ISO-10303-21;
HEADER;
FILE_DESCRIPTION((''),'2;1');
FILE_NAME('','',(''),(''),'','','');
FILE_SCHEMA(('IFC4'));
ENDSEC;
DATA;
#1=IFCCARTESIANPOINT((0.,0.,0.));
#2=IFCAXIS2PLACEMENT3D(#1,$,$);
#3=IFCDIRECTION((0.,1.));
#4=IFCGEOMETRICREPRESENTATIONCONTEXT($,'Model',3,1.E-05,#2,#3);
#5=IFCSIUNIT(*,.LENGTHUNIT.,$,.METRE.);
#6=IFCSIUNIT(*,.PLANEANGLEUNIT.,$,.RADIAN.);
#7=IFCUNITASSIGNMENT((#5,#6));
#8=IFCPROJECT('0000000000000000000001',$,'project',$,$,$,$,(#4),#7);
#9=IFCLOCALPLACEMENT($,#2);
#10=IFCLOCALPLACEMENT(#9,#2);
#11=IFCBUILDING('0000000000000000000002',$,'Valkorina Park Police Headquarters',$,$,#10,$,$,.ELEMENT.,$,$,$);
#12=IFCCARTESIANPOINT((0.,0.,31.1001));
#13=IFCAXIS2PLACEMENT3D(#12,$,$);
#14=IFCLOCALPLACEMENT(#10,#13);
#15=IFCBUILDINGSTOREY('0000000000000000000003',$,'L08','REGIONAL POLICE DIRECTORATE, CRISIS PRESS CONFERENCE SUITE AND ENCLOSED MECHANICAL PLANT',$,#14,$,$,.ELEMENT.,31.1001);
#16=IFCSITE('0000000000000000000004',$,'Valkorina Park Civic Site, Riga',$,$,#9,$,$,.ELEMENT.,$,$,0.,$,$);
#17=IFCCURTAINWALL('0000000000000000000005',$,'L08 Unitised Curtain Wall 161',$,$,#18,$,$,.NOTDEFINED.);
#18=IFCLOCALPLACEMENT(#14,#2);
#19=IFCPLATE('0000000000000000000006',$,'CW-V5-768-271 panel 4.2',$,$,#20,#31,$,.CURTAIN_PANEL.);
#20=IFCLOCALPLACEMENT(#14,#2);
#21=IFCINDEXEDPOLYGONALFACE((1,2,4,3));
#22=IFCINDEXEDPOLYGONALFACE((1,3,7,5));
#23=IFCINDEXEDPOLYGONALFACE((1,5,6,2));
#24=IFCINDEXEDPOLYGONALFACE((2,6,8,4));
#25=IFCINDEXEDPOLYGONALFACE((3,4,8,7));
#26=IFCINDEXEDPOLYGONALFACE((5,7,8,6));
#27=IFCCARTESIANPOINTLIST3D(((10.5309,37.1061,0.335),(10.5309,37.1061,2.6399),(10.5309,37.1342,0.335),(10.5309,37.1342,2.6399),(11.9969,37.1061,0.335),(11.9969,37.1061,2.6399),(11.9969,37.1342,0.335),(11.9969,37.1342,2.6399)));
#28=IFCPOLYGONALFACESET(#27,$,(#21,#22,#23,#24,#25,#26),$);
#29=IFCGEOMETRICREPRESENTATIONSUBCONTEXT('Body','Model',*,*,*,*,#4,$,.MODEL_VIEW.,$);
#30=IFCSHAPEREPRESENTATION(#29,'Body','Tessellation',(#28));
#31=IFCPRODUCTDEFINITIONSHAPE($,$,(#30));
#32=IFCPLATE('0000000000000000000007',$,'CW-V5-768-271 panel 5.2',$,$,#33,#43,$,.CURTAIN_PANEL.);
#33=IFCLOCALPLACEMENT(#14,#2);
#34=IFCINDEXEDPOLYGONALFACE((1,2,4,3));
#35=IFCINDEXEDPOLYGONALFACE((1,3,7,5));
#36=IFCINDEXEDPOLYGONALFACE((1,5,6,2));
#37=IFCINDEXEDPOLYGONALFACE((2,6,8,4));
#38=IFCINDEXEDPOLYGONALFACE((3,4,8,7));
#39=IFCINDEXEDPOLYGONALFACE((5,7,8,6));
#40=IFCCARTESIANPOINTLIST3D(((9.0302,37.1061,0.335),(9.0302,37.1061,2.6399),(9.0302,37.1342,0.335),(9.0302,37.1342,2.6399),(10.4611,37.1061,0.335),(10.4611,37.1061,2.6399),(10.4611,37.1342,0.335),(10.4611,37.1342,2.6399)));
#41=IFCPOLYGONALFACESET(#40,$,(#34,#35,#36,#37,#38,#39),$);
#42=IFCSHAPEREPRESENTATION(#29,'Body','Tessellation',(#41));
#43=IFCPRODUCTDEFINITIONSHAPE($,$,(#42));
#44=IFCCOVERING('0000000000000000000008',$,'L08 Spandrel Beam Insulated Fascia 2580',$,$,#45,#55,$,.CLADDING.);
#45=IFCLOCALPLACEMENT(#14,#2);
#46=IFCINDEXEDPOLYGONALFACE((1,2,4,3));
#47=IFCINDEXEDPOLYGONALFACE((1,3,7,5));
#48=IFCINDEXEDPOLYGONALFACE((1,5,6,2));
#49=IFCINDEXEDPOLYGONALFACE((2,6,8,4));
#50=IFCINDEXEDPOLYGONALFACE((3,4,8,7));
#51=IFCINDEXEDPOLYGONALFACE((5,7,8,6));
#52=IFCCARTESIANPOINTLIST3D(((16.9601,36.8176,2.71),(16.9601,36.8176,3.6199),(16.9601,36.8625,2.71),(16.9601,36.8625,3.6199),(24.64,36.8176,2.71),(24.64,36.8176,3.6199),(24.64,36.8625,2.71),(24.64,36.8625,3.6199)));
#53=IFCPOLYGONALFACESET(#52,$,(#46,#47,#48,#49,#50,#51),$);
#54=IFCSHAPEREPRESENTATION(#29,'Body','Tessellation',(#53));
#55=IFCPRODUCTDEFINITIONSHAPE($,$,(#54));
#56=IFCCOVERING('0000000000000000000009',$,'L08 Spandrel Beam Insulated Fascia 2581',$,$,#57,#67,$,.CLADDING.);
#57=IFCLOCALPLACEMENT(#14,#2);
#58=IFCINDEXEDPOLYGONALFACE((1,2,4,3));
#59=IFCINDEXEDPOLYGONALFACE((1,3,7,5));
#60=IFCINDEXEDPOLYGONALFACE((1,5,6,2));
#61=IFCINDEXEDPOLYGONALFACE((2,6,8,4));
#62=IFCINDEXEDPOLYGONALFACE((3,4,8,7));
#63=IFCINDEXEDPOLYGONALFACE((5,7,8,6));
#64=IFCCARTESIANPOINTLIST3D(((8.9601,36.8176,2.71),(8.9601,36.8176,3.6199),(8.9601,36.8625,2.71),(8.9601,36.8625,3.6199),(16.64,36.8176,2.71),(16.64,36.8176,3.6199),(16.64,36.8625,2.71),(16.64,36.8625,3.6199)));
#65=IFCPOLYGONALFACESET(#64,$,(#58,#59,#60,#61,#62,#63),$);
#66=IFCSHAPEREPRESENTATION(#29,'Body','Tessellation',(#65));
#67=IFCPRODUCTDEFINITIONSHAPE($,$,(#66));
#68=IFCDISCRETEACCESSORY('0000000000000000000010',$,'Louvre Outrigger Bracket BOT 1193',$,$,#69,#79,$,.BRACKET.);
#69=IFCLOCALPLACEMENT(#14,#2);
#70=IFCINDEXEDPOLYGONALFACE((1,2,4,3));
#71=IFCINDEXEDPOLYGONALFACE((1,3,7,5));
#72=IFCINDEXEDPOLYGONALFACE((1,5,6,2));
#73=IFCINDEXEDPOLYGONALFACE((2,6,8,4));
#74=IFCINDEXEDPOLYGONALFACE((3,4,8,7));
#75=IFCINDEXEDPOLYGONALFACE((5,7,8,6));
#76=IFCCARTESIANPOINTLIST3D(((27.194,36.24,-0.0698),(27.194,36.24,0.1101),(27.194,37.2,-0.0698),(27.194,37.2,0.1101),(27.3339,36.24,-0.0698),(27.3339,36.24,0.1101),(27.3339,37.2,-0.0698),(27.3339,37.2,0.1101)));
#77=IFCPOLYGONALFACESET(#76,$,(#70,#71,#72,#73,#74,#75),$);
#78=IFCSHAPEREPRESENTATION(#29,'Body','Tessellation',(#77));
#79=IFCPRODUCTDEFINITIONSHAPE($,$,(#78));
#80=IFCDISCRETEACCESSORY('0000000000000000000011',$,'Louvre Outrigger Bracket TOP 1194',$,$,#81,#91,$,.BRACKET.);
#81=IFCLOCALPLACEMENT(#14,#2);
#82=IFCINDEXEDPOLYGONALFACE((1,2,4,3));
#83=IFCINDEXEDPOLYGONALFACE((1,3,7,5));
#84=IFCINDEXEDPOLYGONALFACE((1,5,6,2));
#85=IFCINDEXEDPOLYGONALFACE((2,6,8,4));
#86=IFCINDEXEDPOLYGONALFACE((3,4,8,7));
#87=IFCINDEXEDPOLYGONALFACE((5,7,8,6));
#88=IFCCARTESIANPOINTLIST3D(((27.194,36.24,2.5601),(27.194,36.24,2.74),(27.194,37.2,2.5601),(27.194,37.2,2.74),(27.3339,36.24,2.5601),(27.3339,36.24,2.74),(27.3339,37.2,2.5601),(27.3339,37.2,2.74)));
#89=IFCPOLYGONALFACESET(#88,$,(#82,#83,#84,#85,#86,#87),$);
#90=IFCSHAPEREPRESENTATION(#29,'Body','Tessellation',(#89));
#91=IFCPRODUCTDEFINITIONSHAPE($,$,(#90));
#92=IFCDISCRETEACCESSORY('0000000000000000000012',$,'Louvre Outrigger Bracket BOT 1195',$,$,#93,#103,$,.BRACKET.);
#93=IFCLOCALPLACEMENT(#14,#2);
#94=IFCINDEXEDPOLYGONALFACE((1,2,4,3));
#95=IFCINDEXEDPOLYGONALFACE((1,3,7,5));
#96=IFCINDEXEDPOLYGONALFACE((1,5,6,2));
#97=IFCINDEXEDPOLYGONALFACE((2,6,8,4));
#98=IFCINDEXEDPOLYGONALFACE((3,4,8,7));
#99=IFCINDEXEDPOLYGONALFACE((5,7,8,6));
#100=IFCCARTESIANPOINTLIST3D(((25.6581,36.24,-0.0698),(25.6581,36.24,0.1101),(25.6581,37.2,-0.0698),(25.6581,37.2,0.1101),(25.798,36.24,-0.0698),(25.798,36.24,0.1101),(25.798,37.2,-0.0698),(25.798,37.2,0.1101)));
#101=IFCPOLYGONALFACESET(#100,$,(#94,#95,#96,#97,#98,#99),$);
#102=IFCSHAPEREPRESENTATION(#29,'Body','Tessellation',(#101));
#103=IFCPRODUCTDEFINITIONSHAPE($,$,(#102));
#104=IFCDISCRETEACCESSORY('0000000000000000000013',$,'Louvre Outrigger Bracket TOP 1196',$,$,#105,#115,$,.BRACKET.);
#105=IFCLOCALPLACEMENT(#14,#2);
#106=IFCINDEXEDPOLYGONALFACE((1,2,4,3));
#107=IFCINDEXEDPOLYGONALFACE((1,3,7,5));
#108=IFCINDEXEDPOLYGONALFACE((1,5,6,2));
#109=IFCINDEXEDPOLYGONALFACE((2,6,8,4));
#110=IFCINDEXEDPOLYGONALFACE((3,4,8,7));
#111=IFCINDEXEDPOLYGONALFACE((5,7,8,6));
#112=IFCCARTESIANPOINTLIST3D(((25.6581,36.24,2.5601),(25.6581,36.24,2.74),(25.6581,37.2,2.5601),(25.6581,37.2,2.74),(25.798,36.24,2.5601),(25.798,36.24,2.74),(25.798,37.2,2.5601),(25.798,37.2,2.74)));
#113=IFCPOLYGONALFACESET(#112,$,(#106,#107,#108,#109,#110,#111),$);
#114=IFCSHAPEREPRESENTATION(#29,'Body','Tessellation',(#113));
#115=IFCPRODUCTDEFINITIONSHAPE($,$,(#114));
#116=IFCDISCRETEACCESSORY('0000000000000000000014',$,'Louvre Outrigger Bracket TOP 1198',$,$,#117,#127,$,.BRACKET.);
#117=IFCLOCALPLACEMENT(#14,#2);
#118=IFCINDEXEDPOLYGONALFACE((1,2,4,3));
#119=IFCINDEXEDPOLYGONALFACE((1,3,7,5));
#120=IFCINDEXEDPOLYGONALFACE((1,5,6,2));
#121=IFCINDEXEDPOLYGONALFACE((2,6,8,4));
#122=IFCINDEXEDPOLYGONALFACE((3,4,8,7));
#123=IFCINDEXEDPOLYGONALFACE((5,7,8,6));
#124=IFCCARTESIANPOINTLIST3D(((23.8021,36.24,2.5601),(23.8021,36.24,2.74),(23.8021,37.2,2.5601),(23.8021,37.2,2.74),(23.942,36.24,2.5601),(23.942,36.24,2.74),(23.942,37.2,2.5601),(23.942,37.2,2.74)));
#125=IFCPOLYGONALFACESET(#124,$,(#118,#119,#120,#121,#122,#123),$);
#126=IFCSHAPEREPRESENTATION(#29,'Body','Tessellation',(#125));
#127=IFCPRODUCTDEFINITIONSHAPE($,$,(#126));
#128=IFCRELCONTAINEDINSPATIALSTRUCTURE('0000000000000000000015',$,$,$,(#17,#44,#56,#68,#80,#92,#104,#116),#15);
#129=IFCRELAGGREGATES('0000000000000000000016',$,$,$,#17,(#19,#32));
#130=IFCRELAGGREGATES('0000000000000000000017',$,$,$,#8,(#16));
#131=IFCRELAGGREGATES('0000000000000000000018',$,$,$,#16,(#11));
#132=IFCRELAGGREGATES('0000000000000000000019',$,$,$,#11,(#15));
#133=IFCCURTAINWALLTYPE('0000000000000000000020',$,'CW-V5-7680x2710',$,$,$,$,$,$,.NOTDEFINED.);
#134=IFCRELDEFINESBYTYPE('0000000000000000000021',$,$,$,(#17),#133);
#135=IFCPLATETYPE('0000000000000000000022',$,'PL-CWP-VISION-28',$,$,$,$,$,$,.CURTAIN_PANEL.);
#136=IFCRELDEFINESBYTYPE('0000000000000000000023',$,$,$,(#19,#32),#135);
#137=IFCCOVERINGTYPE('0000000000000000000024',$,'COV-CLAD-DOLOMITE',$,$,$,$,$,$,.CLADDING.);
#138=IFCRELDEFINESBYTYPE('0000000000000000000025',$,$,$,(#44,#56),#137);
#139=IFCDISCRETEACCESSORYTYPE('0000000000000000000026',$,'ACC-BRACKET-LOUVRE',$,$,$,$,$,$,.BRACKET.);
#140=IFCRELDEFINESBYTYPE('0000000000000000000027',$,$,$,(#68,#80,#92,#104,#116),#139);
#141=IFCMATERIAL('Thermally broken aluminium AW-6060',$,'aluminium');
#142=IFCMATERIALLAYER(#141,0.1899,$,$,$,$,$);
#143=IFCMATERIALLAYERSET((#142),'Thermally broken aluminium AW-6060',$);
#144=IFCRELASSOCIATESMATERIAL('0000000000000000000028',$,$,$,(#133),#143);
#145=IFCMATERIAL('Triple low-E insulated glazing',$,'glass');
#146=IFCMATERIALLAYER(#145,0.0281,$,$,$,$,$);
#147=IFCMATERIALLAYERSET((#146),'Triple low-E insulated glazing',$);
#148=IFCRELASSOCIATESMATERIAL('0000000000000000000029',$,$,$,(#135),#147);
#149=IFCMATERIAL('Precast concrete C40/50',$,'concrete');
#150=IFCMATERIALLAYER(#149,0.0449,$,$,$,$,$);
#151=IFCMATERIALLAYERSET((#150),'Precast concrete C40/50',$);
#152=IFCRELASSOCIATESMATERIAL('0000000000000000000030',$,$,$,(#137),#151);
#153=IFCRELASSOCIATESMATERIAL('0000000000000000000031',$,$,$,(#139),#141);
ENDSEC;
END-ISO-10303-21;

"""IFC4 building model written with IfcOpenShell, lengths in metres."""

from ifc_helpers import new_model, si_unit, direction, frame, frame_2d, origin, origin_2d, place, context, subcontext, project, spatial, rectangle, extrude, material, layer, layer_set, type_object, element, aggregate, save


model = new_model("IFC4")

# Units and contexts
model_context = context("Model", 3, precision=1e-05, world=origin(), true_north=direction((0.0, 1.0)))
body_context = subcontext(model_context, "Body", "Model", "MODEL_VIEW")
ifc_project = project(units=[si_unit("LENGTHUNIT", "METRE"), si_unit("PLANEANGLEUNIT", "RADIAN")], contexts=[model_context])

# Site, building, storey
site_placement = place(None, origin())
site = spatial("IfcSite", under=ifc_project, at=site_placement, Name="Valkorina Park Civic Site, Riga", CompositionType="ELEMENT", RefElevation=0.0)
building_placement = place(site_placement, origin())
building = spatial("IfcBuilding", under=site, at=building_placement, Name="Valkorina Park Police Headquarters", CompositionType="ELEMENT")
storey_placement = place(building_placement, frame((0.0, 0.0, 31.1001)))
storey = spatial("IfcBuildingStorey", under=building, at=storey_placement, Name="L08", Description="REGIONAL POLICE DIRECTORATE, CRISIS PRESS CONFERENCE SUITE AND ENCLOSED MECHANICAL PLANT", CompositionType="ELEMENT", Elevation=31.1001)

# Curtain wall, plates
ifc_material_1 = material(Name="Thermally broken aluminium AW-6060", Category="aluminium")
ifc_layer_1 = layer(ifc_material_1, 0.1899)
ifc_layer_set_1 = layer_set([ifc_layer_1], Name="Thermally broken aluminium AW-6060")
curtain_wall_type = type_object("IfcCurtainWallType", Name="CW-V5-7680x2710", PredefinedType="NOTDEFINED", material=ifc_layer_set_1)
curtain_wall_placement = place(storey_placement, origin())
curtain_wall = element("IfcCurtainWall", 1, at=curtain_wall_placement, inside=storey, type_object=curtain_wall_type, Name="L08 Unitised Curtain Wall 161", PredefinedType="NOTDEFINED")
ifc_material_2 = material(Name="Triple low-E insulated glazing", Category="glass")
ifc_layer_2 = layer(ifc_material_2, 0.0281)
ifc_layer_set_2 = layer_set([ifc_layer_2], Name="Triple low-E insulated glazing")
plate_type_1 = type_object("IfcPlateType", Name="PL-CWP-VISION-28", PredefinedType="CURTAIN_PANEL", material=ifc_layer_set_2)
plate_1_placement = place(storey_placement, frame((11.2639, 37.1201, 0.335), z_axis=(0.0, 0.0, 1.0), x_axis=(-1.0, 0.0, 0.0)))
plate_1 = element("IfcPlate", 2, at=plate_1_placement, type_object=plate_type_1, Name="CW-V5-768-271 panel 4.2", PredefinedType="CURTAIN_PANEL", context=body_context, shape_type="SweptSolid", body=[
    extrude(rectangle(XDim=1.4661, YDim=0.0281, at=origin_2d()), origin(), (0.0, 0.0, 1.0), 2.3049),
])
plate_2_placement = place(storey_placement, frame((9.7456, 37.1201, 0.335), z_axis=(0.0, 0.0, 1.0), x_axis=(-1.0, 0.0, 0.0)))
plate_2 = element("IfcPlate", 3, at=plate_2_placement, type_object=plate_type_1, Name="CW-V5-768-271 panel 5.2", PredefinedType="CURTAIN_PANEL", context=body_context, shape_type="SweptSolid", body=[
    extrude(rectangle(XDim=1.4309, YDim=0.0281, at=origin_2d()), origin(), (0.0, 0.0, 1.0), 2.3049),
])
aggregate(curtain_wall, [plate_1, plate_2])

# Coverings
ifc_material_3 = material(Name="Precast concrete C40/50", Category="concrete")
ifc_layer_3 = layer(ifc_material_3, 0.0449)
ifc_layer_set_3 = layer_set([ifc_layer_3], Name="Precast concrete C40/50")
covering_type = type_object("IfcCoveringType", Name="COV-CLAD-DOLOMITE", PredefinedType="CLADDING", material=ifc_layer_set_3)
for number, where, z_axis, x_axis, name in (
    (4, (24.6399, 36.8401, 2.71), (0.0, 0.0, 1.0), (-1.0, 0.0, 0.0), "L08 Spandrel Beam Insulated Fascia 2580"),
    (5, (16.6399, 36.8401, 2.71), (0.0, 0.0, 1.0), (-1.0, 0.0, 0.0), "L08 Spandrel Beam Insulated Fascia 2581"),
):
    element("IfcCovering", number, at=place(storey_placement, frame(where, z_axis=z_axis, x_axis=x_axis)), inside=storey, type_object=covering_type, Name=name, PredefinedType="CLADDING", context=body_context, shape_type="SweptSolid", body=[
        extrude(rectangle(XDim=7.6799, YDim=0.0449, at=frame_2d((3.8398, 0.0))), origin(), (0.0, 0.0, 1.0), 0.9099),
    ])

# Discrete accessories
discrete_accessory_type = type_object("IfcDiscreteAccessoryType", Name="ACC-BRACKET-LOUVRE", PredefinedType="BRACKET", material=ifc_material_1)
for number, where, z_axis, x_axis, name in (
    (6, (27.2639, 36.72, -0.0698), (0.0, 0.0, 1.0), (0.0, -1.0, 0.0), "Louvre Outrigger Bracket BOT 1193"),
    (7, (27.2639, 36.72, 2.5601), (0.0, 0.0, 1.0), (0.0, -1.0, 0.0), "Louvre Outrigger Bracket TOP 1194"),
    (8, (25.728, 36.72, -0.0698), (0.0, 0.0, 1.0), (0.0, -1.0, 0.0), "Louvre Outrigger Bracket BOT 1195"),
    (9, (25.728, 36.72, 2.5601), (0.0, 0.0, 1.0), (0.0, -1.0, 0.0), "Louvre Outrigger Bracket TOP 1196"),
    (10, (23.8721, 36.72, 2.5601), (0.0, 0.0, 1.0), (0.0, -1.0, 0.0), "Louvre Outrigger Bracket TOP 1198"),
):
    element("IfcDiscreteAccessory", number, at=place(storey_placement, frame(where, z_axis=z_axis, x_axis=x_axis)), inside=storey, type_object=discrete_accessory_type, Name=name, PredefinedType="BRACKET", context=body_context, shape_type="SweptSolid", body=[
        extrude(rectangle(XDim=0.96, YDim=0.1399, at=origin_2d()), origin(), (0.0, 0.0, 1.0), 0.1799),
    ])

save(model, "model.ifc")
